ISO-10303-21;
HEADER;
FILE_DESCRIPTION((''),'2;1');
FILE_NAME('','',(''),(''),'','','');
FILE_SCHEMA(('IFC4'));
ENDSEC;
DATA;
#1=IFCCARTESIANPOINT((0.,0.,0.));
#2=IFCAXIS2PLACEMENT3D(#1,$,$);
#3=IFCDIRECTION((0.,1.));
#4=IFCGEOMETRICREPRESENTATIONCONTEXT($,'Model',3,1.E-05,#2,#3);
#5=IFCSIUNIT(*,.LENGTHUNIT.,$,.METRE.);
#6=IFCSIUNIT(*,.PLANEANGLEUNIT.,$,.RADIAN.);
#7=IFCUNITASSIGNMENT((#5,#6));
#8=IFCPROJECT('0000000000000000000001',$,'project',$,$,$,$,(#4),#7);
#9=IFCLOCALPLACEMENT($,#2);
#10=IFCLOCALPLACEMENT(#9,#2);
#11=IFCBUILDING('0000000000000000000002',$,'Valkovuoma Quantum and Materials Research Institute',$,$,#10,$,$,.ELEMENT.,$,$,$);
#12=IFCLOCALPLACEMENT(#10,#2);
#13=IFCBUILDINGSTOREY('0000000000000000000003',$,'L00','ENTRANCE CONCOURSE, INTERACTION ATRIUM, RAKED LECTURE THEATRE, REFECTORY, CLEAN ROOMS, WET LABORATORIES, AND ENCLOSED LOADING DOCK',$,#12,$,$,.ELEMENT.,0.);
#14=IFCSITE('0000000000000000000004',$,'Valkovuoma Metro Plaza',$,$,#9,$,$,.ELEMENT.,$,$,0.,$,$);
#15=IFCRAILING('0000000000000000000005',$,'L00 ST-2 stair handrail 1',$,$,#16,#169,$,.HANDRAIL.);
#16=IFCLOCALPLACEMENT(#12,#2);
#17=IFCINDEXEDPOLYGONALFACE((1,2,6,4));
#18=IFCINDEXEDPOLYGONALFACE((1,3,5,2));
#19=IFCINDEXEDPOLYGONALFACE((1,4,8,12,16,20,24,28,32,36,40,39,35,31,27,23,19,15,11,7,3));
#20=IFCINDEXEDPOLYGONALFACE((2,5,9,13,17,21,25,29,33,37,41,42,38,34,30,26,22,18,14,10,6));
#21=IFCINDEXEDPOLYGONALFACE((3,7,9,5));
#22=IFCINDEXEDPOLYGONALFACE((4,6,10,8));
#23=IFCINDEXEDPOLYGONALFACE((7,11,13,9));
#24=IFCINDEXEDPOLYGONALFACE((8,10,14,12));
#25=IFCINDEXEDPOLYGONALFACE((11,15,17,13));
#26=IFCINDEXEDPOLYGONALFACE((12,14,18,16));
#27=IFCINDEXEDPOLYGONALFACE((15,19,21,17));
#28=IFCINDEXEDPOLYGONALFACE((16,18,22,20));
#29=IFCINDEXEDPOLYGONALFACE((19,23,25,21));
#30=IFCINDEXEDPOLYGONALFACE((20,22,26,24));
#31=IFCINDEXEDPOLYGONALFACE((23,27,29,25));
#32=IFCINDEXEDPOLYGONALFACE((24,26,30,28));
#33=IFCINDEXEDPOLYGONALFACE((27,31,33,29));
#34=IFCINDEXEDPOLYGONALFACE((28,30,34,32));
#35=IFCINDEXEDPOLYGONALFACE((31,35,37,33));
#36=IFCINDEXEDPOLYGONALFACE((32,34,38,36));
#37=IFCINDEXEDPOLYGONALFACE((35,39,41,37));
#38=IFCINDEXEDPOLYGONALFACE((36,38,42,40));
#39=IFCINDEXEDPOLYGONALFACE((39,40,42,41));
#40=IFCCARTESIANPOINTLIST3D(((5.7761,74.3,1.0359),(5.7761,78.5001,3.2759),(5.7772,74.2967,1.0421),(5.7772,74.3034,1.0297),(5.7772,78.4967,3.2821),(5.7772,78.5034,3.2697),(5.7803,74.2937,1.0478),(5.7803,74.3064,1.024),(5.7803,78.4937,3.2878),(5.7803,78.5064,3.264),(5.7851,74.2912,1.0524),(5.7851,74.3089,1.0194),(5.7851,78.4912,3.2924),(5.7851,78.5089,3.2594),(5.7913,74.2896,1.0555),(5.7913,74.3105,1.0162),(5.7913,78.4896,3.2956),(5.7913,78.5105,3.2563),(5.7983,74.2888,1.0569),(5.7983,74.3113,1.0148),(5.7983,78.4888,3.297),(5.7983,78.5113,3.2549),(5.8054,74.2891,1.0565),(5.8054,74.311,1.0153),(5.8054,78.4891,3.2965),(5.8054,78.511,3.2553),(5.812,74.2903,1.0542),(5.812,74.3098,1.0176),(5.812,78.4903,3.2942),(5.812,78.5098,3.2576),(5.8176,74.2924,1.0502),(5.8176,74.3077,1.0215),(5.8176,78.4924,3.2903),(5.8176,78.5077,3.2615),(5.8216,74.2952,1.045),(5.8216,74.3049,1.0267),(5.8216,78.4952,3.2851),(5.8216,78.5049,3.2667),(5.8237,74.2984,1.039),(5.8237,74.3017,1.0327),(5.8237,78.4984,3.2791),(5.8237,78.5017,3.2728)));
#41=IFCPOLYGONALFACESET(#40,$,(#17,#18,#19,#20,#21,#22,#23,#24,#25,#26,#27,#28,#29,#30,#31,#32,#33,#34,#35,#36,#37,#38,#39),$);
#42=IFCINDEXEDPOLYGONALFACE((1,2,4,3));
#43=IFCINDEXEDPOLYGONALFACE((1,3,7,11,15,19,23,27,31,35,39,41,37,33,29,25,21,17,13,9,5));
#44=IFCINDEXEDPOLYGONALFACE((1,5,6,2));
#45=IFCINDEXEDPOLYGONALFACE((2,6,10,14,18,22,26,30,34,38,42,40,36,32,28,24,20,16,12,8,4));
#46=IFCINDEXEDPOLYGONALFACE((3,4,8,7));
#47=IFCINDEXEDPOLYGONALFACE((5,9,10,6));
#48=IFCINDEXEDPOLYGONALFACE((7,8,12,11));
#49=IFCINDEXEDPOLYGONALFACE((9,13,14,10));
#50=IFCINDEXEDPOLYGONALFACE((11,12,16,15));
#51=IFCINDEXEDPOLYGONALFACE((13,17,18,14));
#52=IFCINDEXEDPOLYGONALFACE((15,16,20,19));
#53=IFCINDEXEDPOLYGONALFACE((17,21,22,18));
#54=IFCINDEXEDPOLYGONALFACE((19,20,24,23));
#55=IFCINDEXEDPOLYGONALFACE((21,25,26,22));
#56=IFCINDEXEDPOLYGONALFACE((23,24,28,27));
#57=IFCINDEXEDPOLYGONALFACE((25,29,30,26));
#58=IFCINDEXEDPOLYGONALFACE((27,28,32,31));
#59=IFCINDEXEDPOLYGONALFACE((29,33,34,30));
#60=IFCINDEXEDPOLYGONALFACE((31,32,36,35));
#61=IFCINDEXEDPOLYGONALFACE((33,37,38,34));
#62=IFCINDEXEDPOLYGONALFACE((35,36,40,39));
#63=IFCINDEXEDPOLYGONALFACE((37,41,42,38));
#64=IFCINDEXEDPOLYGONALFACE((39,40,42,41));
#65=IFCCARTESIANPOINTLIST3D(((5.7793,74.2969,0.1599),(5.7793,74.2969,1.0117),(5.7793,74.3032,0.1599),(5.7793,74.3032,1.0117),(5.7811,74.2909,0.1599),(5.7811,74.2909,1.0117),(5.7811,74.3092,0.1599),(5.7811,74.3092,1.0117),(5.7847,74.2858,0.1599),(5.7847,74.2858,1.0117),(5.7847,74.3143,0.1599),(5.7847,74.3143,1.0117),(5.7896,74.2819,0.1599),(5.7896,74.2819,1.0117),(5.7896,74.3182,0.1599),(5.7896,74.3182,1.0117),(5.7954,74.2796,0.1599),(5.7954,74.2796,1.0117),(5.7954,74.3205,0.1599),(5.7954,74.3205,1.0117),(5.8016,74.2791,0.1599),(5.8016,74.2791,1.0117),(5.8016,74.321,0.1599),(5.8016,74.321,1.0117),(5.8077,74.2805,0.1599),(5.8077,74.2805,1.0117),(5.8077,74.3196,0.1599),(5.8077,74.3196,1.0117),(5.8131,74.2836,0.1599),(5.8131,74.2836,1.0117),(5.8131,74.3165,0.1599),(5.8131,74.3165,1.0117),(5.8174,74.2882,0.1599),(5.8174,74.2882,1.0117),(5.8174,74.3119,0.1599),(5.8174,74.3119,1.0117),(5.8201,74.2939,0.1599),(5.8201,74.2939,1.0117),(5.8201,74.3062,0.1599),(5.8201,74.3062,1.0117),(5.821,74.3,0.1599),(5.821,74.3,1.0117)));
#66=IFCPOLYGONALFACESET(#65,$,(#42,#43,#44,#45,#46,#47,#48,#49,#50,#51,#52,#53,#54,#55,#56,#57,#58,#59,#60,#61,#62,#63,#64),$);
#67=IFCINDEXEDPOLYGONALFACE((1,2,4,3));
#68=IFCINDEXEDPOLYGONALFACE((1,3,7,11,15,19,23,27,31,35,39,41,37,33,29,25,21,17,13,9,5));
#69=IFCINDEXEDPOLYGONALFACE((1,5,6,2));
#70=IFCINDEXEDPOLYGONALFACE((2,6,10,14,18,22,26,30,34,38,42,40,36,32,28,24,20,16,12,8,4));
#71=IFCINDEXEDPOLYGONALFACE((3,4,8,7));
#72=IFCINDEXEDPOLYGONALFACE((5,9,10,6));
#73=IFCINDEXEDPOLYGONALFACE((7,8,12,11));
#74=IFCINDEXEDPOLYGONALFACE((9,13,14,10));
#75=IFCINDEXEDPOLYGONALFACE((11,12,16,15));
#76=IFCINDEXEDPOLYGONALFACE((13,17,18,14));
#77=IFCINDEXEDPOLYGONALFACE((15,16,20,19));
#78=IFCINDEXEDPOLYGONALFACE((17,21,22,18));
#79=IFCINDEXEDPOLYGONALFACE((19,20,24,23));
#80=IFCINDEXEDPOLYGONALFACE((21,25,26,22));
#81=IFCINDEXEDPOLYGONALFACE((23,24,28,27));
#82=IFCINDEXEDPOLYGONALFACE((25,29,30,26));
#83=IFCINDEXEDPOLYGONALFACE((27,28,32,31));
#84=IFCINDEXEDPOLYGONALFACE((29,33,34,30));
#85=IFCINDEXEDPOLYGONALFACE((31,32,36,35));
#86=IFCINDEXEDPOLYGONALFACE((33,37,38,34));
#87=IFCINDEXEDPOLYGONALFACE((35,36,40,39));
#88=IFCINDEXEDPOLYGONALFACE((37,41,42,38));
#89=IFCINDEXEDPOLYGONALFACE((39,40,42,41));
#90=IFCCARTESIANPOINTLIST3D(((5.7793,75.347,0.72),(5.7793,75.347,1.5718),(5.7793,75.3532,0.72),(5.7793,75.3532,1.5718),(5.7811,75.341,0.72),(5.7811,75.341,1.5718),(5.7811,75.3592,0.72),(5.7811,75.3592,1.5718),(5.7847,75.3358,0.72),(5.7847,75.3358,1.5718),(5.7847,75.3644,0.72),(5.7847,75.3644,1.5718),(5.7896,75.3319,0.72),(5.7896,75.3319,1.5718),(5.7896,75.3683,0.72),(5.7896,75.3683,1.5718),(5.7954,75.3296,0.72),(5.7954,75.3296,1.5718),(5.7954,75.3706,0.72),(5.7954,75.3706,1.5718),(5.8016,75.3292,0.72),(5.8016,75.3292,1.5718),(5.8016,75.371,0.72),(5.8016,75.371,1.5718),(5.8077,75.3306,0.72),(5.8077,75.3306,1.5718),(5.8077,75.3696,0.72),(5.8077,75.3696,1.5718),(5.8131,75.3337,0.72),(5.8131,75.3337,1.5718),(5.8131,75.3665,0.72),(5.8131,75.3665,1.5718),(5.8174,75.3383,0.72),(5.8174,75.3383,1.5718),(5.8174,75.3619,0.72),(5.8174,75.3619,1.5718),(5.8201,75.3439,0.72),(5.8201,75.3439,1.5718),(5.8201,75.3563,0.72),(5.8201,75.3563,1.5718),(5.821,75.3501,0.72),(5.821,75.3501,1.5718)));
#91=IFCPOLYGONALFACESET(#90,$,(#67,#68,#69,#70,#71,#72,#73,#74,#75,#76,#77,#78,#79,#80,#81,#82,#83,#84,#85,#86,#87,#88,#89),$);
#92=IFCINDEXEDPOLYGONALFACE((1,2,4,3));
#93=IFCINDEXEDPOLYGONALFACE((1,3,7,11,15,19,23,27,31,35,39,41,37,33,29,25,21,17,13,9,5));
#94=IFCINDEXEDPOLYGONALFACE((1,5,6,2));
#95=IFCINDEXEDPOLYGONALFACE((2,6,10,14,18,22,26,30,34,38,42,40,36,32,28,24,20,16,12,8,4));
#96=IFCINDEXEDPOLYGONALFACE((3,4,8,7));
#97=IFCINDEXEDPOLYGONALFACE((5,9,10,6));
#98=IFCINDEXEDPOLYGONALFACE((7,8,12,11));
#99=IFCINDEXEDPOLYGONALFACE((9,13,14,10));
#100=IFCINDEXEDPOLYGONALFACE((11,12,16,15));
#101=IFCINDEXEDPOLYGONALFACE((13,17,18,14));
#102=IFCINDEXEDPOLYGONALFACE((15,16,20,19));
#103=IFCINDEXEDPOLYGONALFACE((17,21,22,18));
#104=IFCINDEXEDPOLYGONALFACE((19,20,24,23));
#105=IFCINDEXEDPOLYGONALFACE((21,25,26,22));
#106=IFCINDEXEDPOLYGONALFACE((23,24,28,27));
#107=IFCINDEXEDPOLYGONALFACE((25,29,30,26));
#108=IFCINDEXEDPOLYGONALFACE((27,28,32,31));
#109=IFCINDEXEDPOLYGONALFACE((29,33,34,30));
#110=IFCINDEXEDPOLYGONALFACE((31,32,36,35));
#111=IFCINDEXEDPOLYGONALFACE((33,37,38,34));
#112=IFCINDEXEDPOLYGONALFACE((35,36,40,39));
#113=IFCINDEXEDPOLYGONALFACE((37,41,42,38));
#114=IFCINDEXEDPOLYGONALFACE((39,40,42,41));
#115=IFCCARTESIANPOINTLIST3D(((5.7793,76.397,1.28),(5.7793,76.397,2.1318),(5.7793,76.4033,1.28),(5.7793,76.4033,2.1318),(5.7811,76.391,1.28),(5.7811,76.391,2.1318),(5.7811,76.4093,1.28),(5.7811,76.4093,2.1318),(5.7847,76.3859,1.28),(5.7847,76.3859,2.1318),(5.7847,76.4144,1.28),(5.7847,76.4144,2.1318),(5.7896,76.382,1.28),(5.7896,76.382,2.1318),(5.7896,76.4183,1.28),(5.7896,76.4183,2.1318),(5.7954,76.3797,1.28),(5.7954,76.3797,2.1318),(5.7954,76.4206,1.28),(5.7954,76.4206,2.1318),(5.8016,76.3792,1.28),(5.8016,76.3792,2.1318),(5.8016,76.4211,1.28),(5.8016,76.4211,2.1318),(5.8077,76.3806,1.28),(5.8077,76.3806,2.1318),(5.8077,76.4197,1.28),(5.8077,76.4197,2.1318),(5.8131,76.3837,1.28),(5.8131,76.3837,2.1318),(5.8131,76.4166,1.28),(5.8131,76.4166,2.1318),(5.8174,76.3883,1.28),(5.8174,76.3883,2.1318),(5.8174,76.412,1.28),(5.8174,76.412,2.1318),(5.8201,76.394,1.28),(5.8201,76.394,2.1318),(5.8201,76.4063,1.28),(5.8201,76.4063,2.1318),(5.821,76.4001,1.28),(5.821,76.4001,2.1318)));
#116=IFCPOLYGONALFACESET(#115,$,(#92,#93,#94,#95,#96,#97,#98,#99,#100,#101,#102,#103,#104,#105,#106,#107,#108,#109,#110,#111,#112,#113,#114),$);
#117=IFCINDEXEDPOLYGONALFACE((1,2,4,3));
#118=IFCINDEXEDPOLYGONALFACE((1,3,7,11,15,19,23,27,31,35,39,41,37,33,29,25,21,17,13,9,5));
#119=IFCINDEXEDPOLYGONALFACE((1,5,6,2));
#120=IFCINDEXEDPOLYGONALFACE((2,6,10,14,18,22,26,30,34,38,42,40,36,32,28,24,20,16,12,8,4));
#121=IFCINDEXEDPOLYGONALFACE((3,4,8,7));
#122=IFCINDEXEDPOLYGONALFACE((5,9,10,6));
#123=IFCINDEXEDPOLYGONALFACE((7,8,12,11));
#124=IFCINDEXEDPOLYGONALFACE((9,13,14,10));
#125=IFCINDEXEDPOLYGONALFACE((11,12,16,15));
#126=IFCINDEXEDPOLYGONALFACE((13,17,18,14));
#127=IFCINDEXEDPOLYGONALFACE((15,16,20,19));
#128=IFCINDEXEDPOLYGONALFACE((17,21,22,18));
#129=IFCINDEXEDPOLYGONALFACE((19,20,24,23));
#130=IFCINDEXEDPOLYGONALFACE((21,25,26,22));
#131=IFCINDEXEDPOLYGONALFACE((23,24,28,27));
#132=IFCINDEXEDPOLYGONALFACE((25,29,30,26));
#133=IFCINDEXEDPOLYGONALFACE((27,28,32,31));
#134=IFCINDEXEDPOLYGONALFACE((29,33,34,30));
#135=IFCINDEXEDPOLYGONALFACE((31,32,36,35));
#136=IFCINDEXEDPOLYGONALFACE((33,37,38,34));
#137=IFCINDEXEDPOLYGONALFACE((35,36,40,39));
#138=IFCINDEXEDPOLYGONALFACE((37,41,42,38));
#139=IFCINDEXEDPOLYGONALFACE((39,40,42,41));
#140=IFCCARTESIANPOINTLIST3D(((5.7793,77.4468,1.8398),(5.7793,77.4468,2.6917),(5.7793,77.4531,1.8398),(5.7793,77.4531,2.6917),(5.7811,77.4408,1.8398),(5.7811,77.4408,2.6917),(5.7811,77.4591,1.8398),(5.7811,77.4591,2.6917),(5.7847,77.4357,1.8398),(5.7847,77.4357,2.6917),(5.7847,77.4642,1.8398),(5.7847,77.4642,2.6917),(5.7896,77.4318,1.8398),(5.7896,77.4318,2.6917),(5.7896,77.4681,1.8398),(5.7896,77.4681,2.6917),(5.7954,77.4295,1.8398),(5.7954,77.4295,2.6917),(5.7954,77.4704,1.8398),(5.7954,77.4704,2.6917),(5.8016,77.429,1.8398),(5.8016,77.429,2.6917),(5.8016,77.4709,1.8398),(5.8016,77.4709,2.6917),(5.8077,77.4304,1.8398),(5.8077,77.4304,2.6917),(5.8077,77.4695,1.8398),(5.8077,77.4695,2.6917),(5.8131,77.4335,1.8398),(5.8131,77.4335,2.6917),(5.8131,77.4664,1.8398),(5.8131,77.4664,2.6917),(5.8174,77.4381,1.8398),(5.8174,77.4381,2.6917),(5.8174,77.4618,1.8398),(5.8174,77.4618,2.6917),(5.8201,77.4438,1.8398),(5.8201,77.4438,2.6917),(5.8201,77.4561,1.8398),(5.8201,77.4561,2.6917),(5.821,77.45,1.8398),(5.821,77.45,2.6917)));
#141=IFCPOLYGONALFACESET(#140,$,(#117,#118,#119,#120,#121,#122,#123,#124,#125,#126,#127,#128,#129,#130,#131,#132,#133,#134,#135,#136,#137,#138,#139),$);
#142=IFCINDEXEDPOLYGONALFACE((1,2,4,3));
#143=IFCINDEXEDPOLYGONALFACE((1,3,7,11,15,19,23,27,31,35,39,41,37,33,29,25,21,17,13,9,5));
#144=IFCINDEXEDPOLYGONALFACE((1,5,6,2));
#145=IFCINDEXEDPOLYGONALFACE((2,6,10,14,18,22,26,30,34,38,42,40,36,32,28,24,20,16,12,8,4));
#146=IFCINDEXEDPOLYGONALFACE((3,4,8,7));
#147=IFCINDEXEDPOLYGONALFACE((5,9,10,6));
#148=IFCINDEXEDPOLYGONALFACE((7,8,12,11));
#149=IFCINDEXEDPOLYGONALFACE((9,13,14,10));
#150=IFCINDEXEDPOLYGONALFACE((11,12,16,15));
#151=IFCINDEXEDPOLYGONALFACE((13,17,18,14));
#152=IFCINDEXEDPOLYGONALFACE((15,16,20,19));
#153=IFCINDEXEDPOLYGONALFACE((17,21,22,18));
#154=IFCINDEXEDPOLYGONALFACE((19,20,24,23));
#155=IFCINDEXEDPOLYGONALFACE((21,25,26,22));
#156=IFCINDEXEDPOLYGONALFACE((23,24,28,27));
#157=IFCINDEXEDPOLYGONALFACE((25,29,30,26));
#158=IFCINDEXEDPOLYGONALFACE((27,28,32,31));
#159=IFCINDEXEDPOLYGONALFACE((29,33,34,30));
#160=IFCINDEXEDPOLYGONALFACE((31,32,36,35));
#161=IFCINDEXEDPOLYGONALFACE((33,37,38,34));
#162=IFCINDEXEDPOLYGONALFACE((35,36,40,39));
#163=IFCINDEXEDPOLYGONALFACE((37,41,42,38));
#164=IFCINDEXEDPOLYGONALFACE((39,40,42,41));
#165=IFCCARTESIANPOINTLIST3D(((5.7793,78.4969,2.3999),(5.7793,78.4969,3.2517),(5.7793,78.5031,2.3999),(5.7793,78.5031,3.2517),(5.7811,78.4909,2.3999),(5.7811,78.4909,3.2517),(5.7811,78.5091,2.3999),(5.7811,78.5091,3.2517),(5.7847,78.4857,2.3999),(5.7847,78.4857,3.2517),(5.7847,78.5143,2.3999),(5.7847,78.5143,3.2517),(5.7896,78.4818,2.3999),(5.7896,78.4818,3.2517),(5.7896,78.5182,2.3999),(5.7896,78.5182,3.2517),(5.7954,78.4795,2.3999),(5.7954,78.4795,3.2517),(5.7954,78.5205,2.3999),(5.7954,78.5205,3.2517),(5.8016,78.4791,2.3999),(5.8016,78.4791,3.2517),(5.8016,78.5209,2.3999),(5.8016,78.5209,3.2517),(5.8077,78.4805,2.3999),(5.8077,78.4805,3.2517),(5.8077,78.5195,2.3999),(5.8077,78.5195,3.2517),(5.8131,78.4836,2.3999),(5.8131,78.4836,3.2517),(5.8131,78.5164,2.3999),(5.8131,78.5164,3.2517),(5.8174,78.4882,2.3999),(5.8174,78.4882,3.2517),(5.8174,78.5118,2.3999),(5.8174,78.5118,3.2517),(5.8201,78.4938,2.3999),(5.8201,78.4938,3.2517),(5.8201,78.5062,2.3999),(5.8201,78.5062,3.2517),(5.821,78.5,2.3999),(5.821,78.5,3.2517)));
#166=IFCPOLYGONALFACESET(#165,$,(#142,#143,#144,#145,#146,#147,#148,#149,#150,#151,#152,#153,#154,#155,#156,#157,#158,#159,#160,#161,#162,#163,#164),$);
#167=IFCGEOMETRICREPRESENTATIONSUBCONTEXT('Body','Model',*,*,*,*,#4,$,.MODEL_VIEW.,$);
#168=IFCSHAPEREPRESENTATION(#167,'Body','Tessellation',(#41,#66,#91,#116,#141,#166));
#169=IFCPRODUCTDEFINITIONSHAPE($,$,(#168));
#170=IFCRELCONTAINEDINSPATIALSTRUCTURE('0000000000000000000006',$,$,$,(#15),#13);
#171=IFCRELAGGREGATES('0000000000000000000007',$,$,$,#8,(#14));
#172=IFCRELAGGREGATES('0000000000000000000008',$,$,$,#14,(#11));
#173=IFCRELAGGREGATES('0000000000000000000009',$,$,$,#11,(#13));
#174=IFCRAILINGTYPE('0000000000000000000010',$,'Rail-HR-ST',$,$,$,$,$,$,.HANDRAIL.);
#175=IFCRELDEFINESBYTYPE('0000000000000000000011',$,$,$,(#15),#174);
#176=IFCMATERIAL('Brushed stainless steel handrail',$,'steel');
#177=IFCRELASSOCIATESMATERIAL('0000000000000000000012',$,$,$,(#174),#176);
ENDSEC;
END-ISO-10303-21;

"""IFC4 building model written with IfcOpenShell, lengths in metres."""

from ifc_helpers import new_model, si_unit, direction, frame, origin, origin_2d, place, context, subcontext, project, spatial, circle, extrude, material, type_object, element, save


model = new_model("IFC4")

# Units and contexts
model_context = context("Model", 3, precision=1e-05, world=origin(), true_north=direction((0.0, 1.0)))
body_context = subcontext(model_context, "Body", "Model", "MODEL_VIEW")
ifc_project = project(units=[si_unit("LENGTHUNIT", "METRE"), si_unit("PLANEANGLEUNIT", "RADIAN")], contexts=[model_context])

# Site, building, storey
site_placement = place(None, origin())
site = spatial("IfcSite", under=ifc_project, at=site_placement, Name="Valkovuoma Metro Plaza", CompositionType="ELEMENT", RefElevation=0.0)
building_placement = place(site_placement, origin())
building = spatial("IfcBuilding", under=site, at=building_placement, Name="Valkovuoma Quantum and Materials Research Institute", CompositionType="ELEMENT")
storey_placement = place(building_placement, origin())
storey = spatial("IfcBuildingStorey", under=building, at=storey_placement, Name="L00", Description="ENTRANCE CONCOURSE, INTERACTION ATRIUM, RAKED LECTURE THEATRE, REFECTORY, CLEAN ROOMS, WET LABORATORIES, AND ENCLOSED LOADING DOCK", CompositionType="ELEMENT", Elevation=0.0)

# Railing
ifc_material_1 = material(Name="Brushed stainless steel handrail", Category="steel")
railing_type_1 = type_object("IfcRailingType", Name="Rail-HR-ST", PredefinedType="HANDRAIL", material=ifc_material_1)
railing_1_placement = place(storey_placement, frame((5.8, 74.3, 0.1599)))
element("IfcRailing", 1, at=railing_1_placement, inside=storey, type_object=railing_type_1, Name="L00 ST-2 stair handrail 1", PredefinedType="HANDRAIL", context=body_context, shape_type="SweptSolid", body=[
    extrude(circle(Radius=0.0239, at=origin_2d()), frame((0.0, 0.0, 0.876), z_axis=(0.0, 0.882352, 0.470591), x_axis=(-1.0, 0.0, 0.0)), (0.0, 0.0, 1.0), 4.76),
    extrude(circle(Radius=0.021, at=origin_2d()), origin(), (0.0, 0.0, 1.0), 0.8518),
    extrude(circle(Radius=0.021, at=origin_2d()), frame((0.0, 1.05, 0.5601)), (0.0, 0.0, 1.0), 0.8518),
    extrude(circle(Radius=0.021, at=origin_2d()), frame((0.0, 2.1001, 1.1201)), (0.0, 0.0, 1.0), 0.8518),
    extrude(circle(Radius=0.021, at=origin_2d()), frame((0.0, 3.1499, 1.6799)), (0.0, 0.0, 1.0), 0.8518),
    extrude(circle(Radius=0.021, at=origin_2d()), frame((0.0, 4.2, 2.24)), (0.0, 0.0, 1.0), 0.8518),
])

save(model, "model.ifc")
